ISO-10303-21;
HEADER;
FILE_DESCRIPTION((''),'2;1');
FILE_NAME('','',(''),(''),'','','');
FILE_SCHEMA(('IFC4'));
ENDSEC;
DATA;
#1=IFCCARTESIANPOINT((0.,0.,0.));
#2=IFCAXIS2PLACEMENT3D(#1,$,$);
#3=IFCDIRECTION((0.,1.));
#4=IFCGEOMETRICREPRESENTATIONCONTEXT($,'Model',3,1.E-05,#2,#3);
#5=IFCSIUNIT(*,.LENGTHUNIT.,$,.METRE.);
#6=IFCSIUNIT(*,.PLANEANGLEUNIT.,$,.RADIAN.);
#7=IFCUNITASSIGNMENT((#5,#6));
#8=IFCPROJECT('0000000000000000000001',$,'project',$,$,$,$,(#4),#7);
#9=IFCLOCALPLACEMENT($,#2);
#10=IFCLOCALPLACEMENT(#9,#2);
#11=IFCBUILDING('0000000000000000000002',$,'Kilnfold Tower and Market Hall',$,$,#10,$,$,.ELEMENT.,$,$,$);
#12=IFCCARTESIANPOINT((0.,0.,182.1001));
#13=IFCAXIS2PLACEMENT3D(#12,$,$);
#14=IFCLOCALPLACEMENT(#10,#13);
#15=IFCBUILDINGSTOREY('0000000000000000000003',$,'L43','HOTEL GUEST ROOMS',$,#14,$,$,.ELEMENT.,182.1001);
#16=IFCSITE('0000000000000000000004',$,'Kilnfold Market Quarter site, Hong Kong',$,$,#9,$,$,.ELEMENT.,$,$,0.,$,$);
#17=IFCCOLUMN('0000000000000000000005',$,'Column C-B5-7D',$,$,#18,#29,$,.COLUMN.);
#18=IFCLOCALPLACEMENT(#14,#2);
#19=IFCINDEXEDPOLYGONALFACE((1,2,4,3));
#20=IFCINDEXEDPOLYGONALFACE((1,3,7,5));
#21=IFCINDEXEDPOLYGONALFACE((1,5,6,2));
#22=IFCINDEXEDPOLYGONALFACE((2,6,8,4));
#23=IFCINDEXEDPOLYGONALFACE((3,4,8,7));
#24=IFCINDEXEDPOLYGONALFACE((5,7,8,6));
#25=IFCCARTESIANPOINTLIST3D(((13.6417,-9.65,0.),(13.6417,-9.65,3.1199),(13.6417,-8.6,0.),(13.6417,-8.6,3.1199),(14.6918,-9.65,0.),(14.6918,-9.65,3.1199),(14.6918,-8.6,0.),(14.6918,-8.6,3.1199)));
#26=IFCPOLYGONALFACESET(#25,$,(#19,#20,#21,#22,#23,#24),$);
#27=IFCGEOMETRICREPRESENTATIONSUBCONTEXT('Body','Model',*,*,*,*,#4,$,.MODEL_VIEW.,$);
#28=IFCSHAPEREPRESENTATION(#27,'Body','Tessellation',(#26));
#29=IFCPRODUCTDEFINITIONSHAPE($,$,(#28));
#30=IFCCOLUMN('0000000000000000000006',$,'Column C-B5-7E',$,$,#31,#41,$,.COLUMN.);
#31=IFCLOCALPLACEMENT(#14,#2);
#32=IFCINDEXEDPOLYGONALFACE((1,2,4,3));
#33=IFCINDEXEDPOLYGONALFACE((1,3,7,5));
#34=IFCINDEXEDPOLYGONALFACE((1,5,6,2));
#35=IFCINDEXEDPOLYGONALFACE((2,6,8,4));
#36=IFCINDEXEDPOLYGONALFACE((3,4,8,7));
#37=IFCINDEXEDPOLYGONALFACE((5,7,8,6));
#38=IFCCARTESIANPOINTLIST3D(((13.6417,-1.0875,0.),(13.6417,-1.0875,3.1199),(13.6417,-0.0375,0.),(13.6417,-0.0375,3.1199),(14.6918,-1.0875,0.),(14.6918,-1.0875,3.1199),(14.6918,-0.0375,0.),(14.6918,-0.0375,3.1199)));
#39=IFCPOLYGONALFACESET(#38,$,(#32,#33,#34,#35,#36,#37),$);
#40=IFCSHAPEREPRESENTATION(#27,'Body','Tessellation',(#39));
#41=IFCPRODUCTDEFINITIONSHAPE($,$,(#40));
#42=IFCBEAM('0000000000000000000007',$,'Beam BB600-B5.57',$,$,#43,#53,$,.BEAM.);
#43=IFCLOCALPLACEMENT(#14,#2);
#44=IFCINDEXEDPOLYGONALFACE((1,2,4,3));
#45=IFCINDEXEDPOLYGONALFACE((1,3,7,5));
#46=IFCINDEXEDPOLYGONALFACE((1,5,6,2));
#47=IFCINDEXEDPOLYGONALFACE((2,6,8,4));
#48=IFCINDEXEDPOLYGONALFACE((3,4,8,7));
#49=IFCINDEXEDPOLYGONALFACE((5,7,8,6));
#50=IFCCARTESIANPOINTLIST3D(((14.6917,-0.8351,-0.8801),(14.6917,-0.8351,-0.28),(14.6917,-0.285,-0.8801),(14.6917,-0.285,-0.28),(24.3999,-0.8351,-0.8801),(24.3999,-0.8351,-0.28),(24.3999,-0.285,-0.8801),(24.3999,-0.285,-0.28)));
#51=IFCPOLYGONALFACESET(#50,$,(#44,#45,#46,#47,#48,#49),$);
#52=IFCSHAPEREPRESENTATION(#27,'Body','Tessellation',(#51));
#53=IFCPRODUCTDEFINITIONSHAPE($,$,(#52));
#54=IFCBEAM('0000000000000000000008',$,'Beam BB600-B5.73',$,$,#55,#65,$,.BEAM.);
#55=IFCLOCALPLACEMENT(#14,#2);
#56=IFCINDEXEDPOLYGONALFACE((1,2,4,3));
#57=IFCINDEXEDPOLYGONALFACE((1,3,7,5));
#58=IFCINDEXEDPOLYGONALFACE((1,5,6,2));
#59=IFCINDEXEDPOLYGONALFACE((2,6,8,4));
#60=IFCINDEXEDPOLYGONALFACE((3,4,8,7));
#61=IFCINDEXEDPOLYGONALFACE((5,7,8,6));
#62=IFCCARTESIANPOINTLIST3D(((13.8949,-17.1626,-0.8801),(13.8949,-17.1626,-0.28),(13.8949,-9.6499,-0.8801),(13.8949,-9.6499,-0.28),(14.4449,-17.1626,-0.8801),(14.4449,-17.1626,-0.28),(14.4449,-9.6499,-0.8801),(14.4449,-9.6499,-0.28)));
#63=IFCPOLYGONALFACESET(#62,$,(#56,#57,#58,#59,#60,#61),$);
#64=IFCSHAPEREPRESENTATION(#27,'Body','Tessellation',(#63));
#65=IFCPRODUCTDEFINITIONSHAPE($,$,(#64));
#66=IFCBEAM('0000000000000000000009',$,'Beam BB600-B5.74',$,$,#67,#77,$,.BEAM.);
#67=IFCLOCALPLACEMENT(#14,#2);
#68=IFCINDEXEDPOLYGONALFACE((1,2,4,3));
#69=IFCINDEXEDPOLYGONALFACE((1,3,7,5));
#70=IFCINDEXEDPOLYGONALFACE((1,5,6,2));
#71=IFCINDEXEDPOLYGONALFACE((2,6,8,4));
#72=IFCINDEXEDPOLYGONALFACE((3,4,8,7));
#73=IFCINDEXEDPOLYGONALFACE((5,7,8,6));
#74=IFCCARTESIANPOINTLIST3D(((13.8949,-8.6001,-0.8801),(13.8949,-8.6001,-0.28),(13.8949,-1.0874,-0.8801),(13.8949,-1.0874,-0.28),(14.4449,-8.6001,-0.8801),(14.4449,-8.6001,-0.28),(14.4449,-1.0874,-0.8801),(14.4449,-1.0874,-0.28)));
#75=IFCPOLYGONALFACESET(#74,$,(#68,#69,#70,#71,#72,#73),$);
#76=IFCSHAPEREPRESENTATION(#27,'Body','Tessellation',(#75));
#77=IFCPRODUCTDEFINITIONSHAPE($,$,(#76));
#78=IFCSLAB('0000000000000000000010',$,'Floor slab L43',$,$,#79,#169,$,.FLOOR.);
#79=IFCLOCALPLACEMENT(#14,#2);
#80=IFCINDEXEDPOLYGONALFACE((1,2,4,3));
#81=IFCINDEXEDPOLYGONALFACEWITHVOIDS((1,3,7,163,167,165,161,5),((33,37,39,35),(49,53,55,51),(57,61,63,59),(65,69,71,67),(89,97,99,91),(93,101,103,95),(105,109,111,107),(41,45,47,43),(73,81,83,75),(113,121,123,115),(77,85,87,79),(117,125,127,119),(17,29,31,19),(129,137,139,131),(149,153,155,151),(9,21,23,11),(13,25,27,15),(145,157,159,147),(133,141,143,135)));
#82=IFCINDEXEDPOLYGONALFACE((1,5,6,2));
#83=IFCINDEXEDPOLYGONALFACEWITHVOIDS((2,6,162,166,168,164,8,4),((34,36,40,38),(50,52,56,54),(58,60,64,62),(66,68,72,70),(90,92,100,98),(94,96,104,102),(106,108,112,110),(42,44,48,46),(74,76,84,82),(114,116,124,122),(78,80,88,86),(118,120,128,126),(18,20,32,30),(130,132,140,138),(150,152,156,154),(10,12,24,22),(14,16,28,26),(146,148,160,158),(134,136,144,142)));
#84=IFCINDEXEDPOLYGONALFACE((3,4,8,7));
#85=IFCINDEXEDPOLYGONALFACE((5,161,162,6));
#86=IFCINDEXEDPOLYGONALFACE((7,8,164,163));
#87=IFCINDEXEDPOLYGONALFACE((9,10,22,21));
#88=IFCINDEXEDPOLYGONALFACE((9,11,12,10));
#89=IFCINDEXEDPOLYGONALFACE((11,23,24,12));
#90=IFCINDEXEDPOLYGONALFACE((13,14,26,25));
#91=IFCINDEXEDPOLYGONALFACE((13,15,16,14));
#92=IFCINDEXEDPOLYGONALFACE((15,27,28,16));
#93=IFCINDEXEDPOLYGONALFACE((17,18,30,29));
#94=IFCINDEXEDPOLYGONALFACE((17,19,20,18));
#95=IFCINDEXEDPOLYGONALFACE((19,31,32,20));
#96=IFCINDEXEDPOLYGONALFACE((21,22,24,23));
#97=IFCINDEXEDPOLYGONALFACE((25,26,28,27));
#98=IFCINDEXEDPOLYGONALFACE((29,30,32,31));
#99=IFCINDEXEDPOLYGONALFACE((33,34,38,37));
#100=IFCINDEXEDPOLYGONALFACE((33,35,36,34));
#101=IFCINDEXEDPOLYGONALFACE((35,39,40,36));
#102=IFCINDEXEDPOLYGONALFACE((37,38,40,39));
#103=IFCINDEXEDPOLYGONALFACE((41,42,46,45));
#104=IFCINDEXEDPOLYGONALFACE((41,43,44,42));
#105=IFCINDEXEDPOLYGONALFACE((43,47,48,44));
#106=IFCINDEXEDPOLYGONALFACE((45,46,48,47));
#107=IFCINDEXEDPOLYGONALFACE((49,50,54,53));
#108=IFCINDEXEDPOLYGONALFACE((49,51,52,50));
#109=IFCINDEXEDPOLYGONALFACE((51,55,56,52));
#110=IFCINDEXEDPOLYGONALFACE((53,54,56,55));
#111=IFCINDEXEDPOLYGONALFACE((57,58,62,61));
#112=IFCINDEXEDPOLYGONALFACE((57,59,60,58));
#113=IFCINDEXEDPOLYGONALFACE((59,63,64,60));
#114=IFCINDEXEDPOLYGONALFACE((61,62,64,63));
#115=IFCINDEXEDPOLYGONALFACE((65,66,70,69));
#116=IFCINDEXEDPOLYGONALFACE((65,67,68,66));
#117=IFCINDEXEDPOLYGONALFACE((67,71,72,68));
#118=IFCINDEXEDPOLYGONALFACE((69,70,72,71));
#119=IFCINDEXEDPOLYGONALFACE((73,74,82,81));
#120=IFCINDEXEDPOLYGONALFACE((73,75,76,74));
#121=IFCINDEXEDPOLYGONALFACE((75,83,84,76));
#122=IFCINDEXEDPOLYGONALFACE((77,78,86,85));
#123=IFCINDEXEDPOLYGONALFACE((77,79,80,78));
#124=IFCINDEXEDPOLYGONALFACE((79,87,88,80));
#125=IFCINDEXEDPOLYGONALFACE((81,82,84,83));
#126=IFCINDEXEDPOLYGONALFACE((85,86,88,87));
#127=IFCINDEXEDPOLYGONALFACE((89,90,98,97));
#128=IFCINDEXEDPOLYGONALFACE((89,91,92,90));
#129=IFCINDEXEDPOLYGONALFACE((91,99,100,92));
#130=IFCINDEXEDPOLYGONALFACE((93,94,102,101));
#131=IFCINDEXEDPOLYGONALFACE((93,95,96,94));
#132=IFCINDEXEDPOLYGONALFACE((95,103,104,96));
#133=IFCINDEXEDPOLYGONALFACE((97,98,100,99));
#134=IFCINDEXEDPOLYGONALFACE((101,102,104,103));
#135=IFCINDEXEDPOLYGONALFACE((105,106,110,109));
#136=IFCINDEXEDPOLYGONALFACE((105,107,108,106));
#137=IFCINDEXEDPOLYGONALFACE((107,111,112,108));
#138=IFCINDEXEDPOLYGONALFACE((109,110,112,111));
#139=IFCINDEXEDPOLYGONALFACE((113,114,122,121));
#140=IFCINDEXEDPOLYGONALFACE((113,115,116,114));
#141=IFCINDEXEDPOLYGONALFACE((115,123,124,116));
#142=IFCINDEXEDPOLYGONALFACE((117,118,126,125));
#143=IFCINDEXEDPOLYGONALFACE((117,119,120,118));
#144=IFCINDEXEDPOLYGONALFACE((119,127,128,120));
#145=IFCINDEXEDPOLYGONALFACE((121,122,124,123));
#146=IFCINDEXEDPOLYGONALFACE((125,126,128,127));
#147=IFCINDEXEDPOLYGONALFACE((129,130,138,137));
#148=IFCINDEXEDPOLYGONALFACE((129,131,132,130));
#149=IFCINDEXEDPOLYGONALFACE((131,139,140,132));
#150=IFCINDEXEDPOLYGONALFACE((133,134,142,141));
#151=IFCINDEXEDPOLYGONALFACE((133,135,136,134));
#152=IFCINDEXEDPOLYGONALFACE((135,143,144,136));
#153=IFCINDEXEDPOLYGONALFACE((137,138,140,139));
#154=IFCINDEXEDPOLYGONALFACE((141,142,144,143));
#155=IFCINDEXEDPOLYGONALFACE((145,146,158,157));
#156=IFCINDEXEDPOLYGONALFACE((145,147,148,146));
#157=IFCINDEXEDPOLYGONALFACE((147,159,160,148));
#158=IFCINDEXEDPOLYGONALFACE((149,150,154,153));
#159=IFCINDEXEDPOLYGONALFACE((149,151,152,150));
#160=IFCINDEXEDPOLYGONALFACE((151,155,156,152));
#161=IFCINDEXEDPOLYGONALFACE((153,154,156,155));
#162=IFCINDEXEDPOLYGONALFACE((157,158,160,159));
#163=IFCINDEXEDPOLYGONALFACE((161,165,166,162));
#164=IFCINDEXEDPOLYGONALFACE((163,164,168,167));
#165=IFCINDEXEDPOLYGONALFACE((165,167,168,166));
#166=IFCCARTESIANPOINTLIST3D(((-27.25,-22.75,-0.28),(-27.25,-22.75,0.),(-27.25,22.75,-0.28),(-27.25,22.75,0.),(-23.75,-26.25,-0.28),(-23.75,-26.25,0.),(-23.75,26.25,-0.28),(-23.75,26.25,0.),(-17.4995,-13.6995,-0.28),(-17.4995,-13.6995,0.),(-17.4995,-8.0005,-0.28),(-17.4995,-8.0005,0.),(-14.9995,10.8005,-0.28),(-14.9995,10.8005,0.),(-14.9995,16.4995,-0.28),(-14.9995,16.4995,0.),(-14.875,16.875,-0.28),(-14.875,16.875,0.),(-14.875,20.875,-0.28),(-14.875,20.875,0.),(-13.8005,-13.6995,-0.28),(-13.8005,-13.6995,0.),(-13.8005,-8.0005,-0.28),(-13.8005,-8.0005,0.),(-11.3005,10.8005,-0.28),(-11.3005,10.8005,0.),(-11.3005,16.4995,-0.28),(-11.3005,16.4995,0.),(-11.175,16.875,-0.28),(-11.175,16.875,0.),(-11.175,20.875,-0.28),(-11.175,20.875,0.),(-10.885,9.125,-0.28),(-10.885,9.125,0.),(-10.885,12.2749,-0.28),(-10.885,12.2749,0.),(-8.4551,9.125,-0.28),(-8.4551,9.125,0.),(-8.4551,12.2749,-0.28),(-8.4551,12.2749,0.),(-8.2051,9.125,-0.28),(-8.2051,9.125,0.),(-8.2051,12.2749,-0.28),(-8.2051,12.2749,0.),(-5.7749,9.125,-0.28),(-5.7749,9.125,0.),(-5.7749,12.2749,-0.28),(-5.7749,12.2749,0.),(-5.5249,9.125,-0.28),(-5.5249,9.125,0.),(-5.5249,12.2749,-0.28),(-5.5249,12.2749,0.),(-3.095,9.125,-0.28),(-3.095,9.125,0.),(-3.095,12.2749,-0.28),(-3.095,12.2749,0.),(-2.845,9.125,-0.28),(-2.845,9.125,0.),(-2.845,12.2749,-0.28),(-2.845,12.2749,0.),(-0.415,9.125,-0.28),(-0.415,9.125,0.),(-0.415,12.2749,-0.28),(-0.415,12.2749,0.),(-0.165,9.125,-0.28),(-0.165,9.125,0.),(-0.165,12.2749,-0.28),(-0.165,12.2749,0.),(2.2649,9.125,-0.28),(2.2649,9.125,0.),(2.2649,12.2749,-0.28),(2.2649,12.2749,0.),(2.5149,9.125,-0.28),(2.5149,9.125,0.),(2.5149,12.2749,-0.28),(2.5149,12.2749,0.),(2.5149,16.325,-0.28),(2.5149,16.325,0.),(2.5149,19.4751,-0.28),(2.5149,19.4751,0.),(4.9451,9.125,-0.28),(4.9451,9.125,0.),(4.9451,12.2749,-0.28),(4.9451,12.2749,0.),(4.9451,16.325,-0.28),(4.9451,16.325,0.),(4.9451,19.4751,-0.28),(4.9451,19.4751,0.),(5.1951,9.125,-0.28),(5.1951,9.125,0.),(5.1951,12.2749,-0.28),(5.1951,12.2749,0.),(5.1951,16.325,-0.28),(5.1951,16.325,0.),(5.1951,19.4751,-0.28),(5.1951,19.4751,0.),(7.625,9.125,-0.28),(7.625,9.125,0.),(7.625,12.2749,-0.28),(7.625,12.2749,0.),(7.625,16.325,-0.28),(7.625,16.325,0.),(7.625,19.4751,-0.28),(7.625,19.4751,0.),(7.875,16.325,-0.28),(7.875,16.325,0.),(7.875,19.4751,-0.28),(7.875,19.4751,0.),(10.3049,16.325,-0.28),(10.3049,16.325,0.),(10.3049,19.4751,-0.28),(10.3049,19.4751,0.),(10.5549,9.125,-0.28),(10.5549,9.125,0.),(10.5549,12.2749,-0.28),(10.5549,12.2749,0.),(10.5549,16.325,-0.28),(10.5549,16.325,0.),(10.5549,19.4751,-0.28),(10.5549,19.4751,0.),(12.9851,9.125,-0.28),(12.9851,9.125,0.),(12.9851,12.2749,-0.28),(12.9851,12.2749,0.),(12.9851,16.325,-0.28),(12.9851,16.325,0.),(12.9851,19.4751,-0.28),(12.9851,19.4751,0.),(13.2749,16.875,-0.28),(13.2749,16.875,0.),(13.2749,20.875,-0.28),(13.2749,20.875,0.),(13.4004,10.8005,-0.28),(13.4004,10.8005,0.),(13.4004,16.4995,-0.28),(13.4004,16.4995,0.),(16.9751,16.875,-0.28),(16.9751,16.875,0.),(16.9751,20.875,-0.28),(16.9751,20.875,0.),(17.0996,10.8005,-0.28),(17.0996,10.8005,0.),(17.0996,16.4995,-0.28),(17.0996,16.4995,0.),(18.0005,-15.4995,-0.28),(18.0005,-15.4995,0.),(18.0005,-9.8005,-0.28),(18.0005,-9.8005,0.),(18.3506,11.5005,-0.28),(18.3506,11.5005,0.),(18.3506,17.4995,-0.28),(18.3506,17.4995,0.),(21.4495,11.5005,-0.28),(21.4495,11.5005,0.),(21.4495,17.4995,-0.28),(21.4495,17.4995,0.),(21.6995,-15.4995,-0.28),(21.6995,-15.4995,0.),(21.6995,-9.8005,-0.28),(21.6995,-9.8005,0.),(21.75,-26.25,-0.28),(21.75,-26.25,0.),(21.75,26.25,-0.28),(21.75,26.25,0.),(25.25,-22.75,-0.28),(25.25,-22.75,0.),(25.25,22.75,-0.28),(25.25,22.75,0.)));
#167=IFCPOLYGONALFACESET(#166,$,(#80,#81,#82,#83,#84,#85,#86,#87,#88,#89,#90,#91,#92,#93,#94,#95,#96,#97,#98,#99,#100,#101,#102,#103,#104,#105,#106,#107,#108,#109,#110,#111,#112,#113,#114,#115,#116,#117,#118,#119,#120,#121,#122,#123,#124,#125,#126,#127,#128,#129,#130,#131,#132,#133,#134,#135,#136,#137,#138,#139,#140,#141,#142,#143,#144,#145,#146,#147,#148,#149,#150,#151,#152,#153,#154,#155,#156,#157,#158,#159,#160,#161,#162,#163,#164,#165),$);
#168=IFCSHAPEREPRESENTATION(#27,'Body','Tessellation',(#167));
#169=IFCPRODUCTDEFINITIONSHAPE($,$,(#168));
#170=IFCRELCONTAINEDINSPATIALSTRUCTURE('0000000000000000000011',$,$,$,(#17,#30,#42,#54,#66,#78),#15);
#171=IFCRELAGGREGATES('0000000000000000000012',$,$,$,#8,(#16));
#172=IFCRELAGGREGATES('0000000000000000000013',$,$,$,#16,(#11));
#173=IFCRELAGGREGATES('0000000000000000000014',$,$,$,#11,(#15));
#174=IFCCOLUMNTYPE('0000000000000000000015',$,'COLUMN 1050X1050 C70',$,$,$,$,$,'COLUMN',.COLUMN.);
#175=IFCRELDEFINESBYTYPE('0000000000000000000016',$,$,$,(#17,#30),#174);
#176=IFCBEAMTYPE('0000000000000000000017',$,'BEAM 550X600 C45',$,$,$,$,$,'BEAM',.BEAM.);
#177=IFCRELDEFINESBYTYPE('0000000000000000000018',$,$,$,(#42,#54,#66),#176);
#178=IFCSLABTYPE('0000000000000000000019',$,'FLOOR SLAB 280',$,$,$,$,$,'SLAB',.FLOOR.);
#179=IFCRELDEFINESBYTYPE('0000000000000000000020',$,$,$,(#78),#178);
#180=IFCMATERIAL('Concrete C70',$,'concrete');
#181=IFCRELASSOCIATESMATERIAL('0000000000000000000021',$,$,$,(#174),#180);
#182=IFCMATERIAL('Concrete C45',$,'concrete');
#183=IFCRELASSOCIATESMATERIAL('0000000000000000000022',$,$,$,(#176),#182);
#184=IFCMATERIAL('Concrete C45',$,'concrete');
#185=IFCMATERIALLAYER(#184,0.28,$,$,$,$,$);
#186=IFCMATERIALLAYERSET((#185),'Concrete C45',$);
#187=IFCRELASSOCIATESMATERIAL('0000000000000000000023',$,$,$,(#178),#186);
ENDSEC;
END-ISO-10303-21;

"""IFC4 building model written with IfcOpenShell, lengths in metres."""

from ifc_helpers import new_model, si_unit, direction, frame, origin, origin_2d, place, context, subcontext, project, spatial, polyline, rectangle, outline, extrude, source, transform, mapped, material, layer, layer_set, material_profile, profile_set, type_object, element, save


model = new_model("IFC4")

# Units and contexts
model_context = context("Model", 3, precision=1e-05, world=origin(), true_north=direction((0.0, 1.0)))
body_context = subcontext(model_context, "Body", "Model", "MODEL_VIEW")
ifc_project = project(units=[si_unit("LENGTHUNIT", "METRE"), si_unit("PLANEANGLEUNIT", "RADIAN")], contexts=[model_context])

# Site, building, storey
site_placement = place(None, origin())
site = spatial("IfcSite", under=ifc_project, at=site_placement, Name="Kilnfold Market Quarter site, Hong Kong", CompositionType="ELEMENT", RefElevation=0.0)
building_placement = place(site_placement, origin())
building = spatial("IfcBuilding", under=site, at=building_placement, Name="Kilnfold Tower and Market Hall", CompositionType="ELEMENT")
storey_placement = place(building_placement, frame((0.0, 0.0, 182.1001)))
storey = spatial("IfcBuildingStorey", under=building, at=storey_placement, Name="L43", Description="HOTEL GUEST ROOMS", CompositionType="ELEMENT", Elevation=182.1001)

# Columns
ifc_material_1 = material(Name="Concrete C70", Category="concrete")
ifc_material_profile_1 = material_profile(ifc_material_1, rectangle(XDim=1.05, YDim=1.05, at=origin_2d()), Name="RC 1050x1050")
ifc_profile_set_1 = profile_set([ifc_material_profile_1], Name="Concrete C70")
column_type = type_object("IfcColumnType", Name="COLUMN 1050X1050 C70", ElementType="COLUMN", PredefinedType="COLUMN", material=ifc_profile_set_1)
shared_shape_1 = source(origin(), body_context, "Body", "SweptSolid", [
    extrude(rectangle(XDim=1.05, YDim=1.05, at=origin_2d()), origin(), (0.0, 0.0, 1.0), 3.1199),
])
for number, where, z_axis, x_axis, name in (
    (1, (14.1667, -9.125, 0.0), (0.0, 0.0, 1.0), (1.0, 0.0, 0.0), "Column C-B5-7D"),
    (2, (14.1667, -0.5625, 0.0), (0.0, 0.0, 1.0), (1.0, 0.0, 0.0), "Column C-B5-7E"),
):
    element("IfcColumn", number, at=place(storey_placement, frame(where, z_axis=z_axis, x_axis=x_axis)), inside=storey, type_object=column_type, Name=name, PredefinedType="COLUMN", context=body_context, shape_type="MappedRepresentation", body=[
        mapped(shared_shape_1, transform((0.0, 0.0, 0.0))),
    ])

# Beams
ifc_material_2 = material(Name="Concrete C45", Category="concrete")
ifc_material_profile_2 = material_profile(ifc_material_2, rectangle(XDim=0.55, YDim=0.6001, at=origin_2d()), Name="RC 550x600")
ifc_profile_set_2 = profile_set([ifc_material_profile_2], Name="Concrete C45")
beam_type = type_object("IfcBeamType", Name="BEAM 550X600 C45", ElementType="BEAM", PredefinedType="BEAM", material=ifc_profile_set_2)
shared_shape_2 = source(origin(), body_context, "Body", "SweptSolid", [
    extrude(rectangle(XDim=0.55, YDim=0.6001, at=origin_2d()), origin(), (0.0, 0.0, 1.0), 9.7083),
])
beam_placement = place(storey_placement, frame((14.6917, -0.5601, -0.5801), z_axis=(1.0, 0.0, 0.0), x_axis=(0.0, 1.0, 0.0)))
element("IfcBeam", 3, at=beam_placement, inside=storey, type_object=beam_type, Name="Beam BB600-B5.57", PredefinedType="BEAM", context=body_context, shape_type="MappedRepresentation", body=[
    mapped(shared_shape_2, transform((0.0, 0.0, 0.0))),
])
shared_shape_3 = source(origin(), body_context, "Body", "SweptSolid", [
    extrude(rectangle(XDim=0.55, YDim=0.6001, at=origin_2d()), origin(), (0.0, 0.0, 1.0), 7.5127),
])
for number, where, z_axis, x_axis, name in (
    (4, (14.1699, -17.1626, -0.5801), (0.0, 1.0, 0.0), (-1.0, 0.0, 0.0), "Beam BB600-B5.73"),
    (5, (14.1699, -8.6001, -0.5801), (0.0, 1.0, 0.0), (-1.0, 0.0, 0.0), "Beam BB600-B5.74"),
):
    element("IfcBeam", number, at=place(storey_placement, frame(where, z_axis=z_axis, x_axis=x_axis)), inside=storey, type_object=beam_type, Name=name, PredefinedType="BEAM", context=body_context, shape_type="MappedRepresentation", body=[
        mapped(shared_shape_3, transform((0.0, 0.0, 0.0))),
    ])

# Slab
ifc_material_3 = material(Name="Concrete C45", Category="concrete")
ifc_layer_1 = layer(ifc_material_3, 0.28)
ifc_layer_set_1 = layer_set([ifc_layer_1], Name="Concrete C45")
slab_type_1 = type_object("IfcSlabType", Name="FLOOR SLAB 280", ElementType="SLAB", PredefinedType="FLOOR", material=ifc_layer_set_1)
shared_shape_4 = source(origin(), body_context, "Body", "SweptSolid", [
    extrude(outline(polyline([(-23.75, -26.25), (21.75, -26.25), (25.25, -22.75), (25.25, 22.75), (21.75, 26.25), (-23.75, 26.25), (-27.25, 22.75), (-27.25, -22.75), (-23.75, -26.25)]), holes=[polyline([(-13.8005, -13.6995), (-17.4995, -13.6995), (-17.4995, -8.0005), (-13.8005, -8.0005), (-13.8005, -13.6995)]), polyline([(-14.9995, 10.8005), (-14.9995, 16.4995), (-11.3005, 16.4995), (-11.3005, 10.8005), (-14.9995, 10.8005)]), polyline([(-11.175, 16.875), (-14.875, 16.875), (-14.875, 20.875), (-11.175, 20.875), (-11.175, 16.875)]), polyline([(-8.4551, 9.125), (-10.885, 9.125), (-10.885, 12.2749), (-8.4551, 12.2749), (-8.4551, 9.125)]), polyline([(-5.7749, 9.125), (-8.2051, 9.125), (-8.2051, 12.2749), (-5.7749, 12.2749), (-5.7749, 9.125)]), polyline([(-3.095, 9.125), (-5.5249, 9.125), (-5.5249, 12.2749), (-3.095, 12.2749), (-3.095, 9.125)]), polyline([(-0.415, 9.125), (-2.845, 9.125), (-2.845, 12.2749), (-0.415, 12.2749), (-0.415, 9.125)]), polyline([(2.2649, 9.125), (-0.165, 9.125), (-0.165, 12.2749), (2.2649, 12.2749), (2.2649, 9.125)]), polyline([(4.9451, 9.125), (2.5149, 9.125), (2.5149, 12.2749), (4.9451, 12.2749), (4.9451, 9.125)]), polyline([(2.5149, 16.325), (2.5149, 19.4751), (4.9451, 19.4751), (4.9451, 16.325), (2.5149, 16.325)]), polyline([(7.625, 9.125), (5.1951, 9.125), (5.1951, 12.2749), (7.625, 12.2749), (7.625, 9.125)]), polyline([(7.625, 16.325), (5.1951, 16.325), (5.1951, 19.4751), (7.625, 19.4751), (7.625, 16.325)]), polyline([(10.3049, 16.325), (7.875, 16.325), (7.875, 19.4751), (10.3049, 19.4751), (10.3049, 16.325)]), polyline([(10.5549, 9.125), (10.5549, 12.2749), (12.9851, 12.2749), (12.9851, 9.125), (10.5549, 9.125)]), polyline([(10.5549, 16.325), (10.5549, 19.4751), (12.9851, 19.4751), (12.9851, 16.325), (10.5549, 16.325)]), polyline([(13.2749, 16.875), (13.2749, 20.875), (16.9751, 20.875), (16.9751, 16.875), (13.2749, 16.875)]), polyline([(13.4004, 10.8005), (13.4004, 16.4995), (17.0996, 16.4995), (17.0996, 10.8005), (13.4004, 10.8005)]), polyline([(18.0005, -9.8005), (21.6995, -9.8005), (21.6995, -15.4995), (18.0005, -15.4995), (18.0005, -9.8005)]), polyline([(21.4495, 11.5005), (18.3506, 11.5005), (18.3506, 17.4995), (21.4495, 17.4995), (21.4495, 11.5005)])]), origin(), (0.0, 0.0, 1.0), 0.28),
])
slab_1_placement = place(storey_placement, frame((0.0, 0.0, -0.28)))
element("IfcSlab", 6, at=slab_1_placement, inside=storey, type_object=slab_type_1, Name="Floor slab L43", PredefinedType="FLOOR", context=body_context, shape_type="MappedRepresentation", body=[
    mapped(shared_shape_4, transform((0.0, 0.0, 0.0))),
])

save(model, "model.ifc")
